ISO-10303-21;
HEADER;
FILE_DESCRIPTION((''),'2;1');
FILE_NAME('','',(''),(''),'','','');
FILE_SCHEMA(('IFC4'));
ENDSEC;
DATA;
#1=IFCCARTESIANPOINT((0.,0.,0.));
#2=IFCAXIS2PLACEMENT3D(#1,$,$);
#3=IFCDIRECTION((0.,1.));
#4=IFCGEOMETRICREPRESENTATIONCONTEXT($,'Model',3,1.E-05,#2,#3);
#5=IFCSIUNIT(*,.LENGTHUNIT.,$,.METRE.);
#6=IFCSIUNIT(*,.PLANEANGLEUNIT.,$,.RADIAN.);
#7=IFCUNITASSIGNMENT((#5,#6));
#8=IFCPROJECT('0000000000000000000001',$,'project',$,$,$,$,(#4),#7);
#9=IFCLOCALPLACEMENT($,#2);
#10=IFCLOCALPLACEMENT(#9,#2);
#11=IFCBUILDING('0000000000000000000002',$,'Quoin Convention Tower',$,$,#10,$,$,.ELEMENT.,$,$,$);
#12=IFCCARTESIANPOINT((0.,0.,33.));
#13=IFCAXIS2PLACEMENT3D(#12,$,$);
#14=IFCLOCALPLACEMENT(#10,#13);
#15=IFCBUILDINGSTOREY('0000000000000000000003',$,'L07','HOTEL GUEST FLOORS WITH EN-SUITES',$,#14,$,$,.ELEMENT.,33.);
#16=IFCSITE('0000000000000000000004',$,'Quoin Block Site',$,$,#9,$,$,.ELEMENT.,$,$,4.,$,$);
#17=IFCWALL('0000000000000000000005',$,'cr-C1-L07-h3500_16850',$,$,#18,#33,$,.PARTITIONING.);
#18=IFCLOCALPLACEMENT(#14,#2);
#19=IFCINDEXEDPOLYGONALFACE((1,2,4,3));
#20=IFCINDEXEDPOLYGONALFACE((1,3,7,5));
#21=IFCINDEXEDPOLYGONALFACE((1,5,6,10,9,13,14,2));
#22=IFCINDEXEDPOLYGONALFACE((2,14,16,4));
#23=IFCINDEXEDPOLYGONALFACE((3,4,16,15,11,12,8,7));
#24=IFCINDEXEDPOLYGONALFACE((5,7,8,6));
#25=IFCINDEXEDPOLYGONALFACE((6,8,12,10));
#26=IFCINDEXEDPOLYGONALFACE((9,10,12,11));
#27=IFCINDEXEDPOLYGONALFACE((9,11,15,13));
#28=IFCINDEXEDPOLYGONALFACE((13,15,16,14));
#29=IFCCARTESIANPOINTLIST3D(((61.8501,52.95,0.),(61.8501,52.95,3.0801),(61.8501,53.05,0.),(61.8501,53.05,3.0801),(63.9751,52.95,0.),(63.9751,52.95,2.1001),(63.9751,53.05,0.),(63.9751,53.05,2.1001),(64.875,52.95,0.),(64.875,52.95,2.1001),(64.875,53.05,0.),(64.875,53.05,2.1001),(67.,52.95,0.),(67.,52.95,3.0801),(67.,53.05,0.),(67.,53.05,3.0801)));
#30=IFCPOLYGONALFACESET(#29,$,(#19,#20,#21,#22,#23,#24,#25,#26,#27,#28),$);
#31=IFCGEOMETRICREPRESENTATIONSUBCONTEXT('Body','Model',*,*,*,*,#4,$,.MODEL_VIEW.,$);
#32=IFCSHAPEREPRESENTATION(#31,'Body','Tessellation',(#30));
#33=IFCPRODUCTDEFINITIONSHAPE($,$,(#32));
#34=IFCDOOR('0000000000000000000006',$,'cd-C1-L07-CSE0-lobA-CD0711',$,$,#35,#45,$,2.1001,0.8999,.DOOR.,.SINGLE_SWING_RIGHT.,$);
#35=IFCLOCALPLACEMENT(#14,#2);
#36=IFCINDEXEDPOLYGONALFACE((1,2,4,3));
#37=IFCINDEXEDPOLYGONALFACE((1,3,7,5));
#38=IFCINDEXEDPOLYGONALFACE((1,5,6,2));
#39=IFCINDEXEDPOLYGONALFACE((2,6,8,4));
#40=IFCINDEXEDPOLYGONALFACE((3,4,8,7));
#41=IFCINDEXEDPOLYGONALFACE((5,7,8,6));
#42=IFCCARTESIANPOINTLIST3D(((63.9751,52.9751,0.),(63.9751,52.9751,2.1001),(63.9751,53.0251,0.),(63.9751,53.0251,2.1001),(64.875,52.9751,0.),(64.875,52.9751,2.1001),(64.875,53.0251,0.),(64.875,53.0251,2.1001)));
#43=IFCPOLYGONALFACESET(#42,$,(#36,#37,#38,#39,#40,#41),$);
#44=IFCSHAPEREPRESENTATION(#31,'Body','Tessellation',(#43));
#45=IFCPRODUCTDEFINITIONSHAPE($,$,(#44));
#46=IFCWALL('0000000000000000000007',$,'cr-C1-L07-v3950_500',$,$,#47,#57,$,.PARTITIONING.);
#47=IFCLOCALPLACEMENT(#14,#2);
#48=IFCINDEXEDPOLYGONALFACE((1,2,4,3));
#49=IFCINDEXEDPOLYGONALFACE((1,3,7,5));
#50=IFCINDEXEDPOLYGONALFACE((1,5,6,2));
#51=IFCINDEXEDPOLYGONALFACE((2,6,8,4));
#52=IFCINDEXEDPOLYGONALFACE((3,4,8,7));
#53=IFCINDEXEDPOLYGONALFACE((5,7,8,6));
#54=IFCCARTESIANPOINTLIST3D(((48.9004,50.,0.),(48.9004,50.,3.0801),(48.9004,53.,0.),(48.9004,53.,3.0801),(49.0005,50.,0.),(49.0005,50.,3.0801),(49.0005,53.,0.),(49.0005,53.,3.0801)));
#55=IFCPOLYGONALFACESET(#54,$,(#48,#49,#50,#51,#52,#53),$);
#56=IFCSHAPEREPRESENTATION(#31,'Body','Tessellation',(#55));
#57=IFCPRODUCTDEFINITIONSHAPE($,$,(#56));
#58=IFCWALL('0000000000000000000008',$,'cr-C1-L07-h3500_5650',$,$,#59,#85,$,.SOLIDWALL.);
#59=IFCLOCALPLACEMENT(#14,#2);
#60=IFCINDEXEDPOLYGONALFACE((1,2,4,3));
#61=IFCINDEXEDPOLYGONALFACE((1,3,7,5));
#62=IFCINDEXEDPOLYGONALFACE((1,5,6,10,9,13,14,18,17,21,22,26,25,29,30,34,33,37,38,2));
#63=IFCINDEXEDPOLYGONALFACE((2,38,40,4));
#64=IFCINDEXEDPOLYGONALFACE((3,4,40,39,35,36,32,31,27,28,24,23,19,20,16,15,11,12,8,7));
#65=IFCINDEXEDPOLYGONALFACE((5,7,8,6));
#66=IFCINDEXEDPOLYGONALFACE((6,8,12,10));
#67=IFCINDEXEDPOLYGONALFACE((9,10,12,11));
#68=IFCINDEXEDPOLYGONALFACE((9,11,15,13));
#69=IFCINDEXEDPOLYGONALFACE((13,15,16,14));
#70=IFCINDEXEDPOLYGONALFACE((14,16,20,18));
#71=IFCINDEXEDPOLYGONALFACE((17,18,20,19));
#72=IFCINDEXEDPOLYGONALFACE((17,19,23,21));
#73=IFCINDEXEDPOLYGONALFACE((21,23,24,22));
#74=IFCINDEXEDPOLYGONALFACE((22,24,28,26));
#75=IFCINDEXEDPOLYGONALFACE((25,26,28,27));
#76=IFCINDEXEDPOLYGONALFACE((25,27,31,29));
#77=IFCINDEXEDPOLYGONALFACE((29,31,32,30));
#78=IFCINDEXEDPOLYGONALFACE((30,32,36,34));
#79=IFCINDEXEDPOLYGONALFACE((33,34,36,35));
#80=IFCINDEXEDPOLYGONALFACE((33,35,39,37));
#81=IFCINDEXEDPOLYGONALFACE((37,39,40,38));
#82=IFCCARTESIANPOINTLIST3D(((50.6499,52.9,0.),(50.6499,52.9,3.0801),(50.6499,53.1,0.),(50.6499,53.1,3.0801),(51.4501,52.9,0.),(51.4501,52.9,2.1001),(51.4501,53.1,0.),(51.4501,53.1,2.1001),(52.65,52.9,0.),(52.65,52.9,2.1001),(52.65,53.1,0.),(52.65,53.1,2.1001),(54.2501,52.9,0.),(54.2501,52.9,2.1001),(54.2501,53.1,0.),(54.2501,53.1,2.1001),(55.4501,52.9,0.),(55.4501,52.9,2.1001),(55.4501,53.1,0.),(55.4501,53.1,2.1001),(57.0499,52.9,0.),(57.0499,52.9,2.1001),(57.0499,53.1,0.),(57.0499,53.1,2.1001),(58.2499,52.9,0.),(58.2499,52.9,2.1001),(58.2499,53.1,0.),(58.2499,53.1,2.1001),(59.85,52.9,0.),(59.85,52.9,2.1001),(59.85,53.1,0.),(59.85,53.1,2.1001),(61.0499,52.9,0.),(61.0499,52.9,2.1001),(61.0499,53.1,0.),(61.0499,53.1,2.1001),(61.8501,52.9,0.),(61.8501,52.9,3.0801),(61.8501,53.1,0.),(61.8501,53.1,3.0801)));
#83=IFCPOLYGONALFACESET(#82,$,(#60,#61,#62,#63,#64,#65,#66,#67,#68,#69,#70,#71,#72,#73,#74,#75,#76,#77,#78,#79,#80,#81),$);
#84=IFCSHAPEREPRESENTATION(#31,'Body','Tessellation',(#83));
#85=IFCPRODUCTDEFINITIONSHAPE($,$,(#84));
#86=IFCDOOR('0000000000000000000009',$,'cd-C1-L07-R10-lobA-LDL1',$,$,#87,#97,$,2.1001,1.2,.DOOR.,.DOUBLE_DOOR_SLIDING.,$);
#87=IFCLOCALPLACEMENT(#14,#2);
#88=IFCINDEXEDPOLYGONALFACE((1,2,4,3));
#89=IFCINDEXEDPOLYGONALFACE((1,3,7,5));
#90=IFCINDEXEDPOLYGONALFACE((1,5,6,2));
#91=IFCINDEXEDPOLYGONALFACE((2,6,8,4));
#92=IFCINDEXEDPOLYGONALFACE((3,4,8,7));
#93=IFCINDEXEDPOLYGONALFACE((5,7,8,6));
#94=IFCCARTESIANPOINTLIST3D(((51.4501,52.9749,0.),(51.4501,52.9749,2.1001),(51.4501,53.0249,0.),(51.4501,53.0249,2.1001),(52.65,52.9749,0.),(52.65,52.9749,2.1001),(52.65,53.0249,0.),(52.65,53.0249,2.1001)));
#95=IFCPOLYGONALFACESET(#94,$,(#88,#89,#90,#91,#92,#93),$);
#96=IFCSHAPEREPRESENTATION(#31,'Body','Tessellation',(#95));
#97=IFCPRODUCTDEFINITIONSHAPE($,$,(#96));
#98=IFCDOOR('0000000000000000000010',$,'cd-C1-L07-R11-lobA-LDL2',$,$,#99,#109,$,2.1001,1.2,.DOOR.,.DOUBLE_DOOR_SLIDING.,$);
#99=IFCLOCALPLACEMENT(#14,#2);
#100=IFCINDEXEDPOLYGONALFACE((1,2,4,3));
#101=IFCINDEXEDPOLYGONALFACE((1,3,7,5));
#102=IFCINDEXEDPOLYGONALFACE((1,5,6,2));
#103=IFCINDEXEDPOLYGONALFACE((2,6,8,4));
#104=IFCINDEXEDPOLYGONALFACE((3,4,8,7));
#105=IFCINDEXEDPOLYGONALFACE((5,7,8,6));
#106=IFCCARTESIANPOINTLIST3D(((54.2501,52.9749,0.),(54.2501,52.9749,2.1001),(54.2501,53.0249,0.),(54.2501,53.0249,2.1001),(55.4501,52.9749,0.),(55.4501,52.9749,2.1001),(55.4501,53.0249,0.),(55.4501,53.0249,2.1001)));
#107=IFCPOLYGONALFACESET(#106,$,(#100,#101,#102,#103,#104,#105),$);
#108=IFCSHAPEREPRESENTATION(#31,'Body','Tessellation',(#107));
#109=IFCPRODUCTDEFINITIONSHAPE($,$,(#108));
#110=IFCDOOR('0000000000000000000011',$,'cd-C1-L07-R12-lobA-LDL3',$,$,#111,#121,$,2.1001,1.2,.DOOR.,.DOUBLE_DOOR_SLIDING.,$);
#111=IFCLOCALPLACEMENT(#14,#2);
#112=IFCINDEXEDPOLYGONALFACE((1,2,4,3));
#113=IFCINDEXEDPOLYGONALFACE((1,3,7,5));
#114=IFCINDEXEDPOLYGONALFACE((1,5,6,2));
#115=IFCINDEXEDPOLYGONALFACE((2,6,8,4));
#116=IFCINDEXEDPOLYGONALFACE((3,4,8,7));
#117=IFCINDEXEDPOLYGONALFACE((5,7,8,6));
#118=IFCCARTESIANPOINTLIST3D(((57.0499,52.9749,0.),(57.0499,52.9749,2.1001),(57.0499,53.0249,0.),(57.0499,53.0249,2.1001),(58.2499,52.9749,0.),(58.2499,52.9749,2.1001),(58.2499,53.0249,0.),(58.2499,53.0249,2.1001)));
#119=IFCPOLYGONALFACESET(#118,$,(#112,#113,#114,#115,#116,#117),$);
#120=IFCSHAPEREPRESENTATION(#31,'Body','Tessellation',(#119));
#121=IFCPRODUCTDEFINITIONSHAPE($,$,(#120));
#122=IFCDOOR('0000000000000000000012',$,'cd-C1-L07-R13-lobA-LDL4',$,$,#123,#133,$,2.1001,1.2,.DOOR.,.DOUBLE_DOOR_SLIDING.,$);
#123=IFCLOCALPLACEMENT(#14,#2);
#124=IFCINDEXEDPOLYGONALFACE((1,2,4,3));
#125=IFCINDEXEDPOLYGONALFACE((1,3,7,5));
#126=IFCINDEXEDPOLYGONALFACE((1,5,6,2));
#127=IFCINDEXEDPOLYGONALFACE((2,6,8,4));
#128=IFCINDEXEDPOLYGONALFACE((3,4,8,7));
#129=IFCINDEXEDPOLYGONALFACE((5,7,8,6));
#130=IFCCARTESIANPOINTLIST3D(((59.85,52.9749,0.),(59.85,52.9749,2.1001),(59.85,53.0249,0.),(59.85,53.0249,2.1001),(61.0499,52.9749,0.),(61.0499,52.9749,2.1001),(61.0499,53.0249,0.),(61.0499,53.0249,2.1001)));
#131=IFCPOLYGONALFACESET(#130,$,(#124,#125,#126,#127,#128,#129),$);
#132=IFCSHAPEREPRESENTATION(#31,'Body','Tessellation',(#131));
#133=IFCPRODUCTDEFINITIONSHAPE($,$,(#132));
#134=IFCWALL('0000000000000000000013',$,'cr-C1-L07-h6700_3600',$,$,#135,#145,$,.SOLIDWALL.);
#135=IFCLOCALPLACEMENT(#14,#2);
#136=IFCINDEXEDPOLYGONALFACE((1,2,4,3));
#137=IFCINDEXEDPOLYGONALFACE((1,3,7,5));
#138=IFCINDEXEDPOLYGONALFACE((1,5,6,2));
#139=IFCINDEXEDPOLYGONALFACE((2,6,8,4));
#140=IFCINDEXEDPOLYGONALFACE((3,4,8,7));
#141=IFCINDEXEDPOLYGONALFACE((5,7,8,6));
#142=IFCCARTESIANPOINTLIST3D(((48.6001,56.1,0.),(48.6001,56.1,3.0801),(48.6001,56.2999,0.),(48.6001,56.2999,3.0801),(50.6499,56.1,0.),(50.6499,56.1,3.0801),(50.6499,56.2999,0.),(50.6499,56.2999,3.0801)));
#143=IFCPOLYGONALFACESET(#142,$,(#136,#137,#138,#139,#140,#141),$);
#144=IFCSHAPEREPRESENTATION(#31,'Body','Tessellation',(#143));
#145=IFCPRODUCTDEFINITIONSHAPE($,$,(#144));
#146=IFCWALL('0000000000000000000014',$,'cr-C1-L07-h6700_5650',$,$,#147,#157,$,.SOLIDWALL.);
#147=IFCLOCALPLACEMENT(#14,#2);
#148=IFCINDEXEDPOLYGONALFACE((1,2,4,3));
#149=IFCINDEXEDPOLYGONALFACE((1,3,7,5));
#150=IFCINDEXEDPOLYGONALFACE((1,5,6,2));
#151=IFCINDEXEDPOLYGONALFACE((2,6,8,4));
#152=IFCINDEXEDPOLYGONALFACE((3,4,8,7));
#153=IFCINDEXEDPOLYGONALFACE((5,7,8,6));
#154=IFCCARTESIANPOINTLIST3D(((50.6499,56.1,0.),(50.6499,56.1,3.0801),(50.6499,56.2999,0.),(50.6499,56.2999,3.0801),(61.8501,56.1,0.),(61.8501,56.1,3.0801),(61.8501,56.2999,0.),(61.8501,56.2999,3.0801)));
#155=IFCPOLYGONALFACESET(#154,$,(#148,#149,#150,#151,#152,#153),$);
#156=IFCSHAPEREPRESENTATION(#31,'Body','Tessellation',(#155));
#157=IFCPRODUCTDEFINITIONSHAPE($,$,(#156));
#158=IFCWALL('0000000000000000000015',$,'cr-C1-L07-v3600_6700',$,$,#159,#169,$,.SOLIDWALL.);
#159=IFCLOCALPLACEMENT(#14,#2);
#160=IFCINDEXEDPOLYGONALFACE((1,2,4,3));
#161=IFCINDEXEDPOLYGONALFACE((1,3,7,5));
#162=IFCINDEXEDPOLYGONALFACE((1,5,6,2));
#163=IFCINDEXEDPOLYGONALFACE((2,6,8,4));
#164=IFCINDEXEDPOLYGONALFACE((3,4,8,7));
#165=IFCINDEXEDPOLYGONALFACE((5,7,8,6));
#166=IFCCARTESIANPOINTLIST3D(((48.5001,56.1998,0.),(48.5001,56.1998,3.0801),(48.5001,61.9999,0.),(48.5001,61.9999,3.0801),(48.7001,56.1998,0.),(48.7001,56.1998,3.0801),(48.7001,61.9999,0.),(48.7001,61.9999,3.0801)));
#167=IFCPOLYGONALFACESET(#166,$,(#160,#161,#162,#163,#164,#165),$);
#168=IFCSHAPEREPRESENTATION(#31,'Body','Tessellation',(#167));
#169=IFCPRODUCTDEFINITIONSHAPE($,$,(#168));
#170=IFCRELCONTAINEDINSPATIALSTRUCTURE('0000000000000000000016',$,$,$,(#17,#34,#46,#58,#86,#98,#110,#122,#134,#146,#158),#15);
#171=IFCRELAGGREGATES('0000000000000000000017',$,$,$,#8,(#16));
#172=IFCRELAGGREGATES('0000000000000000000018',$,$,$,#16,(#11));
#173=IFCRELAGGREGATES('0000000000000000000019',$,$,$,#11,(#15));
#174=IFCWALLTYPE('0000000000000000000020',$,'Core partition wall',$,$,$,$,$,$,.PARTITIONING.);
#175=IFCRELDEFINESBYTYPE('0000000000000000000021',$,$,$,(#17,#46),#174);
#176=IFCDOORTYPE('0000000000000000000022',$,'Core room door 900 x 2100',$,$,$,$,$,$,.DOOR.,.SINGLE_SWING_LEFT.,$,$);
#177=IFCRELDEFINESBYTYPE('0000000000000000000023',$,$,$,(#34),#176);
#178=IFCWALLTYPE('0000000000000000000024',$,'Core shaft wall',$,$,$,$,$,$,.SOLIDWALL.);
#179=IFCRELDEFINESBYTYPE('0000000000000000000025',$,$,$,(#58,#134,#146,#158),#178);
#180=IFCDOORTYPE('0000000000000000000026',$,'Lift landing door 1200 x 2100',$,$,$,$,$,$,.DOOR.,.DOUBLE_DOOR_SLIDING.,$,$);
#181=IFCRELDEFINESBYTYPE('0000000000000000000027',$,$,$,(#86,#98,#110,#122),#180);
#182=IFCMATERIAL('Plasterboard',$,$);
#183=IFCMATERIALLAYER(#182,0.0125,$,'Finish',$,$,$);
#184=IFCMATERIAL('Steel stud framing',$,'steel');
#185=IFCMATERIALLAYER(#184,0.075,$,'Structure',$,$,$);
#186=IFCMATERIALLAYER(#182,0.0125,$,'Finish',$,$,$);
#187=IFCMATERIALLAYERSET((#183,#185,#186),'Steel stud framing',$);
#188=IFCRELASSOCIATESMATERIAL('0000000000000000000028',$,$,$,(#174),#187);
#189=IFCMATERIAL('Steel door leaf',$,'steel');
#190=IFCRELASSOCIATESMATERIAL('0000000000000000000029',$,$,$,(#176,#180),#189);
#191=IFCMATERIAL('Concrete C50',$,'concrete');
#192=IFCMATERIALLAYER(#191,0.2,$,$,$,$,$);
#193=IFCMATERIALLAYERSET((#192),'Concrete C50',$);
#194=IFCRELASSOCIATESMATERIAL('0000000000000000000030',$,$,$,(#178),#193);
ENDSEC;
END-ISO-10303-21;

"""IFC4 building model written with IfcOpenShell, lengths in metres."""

from ifc_helpers import new_model, si_unit, direction, frame, frame_2d, origin, place, context, subcontext, project, spatial, rectangle, extrude, material, layer, layer_set, type_object, element, fill, save


model = new_model("IFC4")

# Units and contexts
model_context = context("Model", 3, precision=1e-05, world=origin(), true_north=direction((0.0, 1.0)))
body_context = subcontext(model_context, "Body", "Model", "MODEL_VIEW")
ifc_project = project(units=[si_unit("LENGTHUNIT", "METRE"), si_unit("PLANEANGLEUNIT", "RADIAN")], contexts=[model_context])

# Site, building, storey
site_placement = place(None, origin())
site = spatial("IfcSite", under=ifc_project, at=site_placement, Name="Quoin Block Site", CompositionType="ELEMENT", RefElevation=4.0)
building_placement = place(site_placement, origin())
building = spatial("IfcBuilding", under=site, at=building_placement, Name="Quoin Convention Tower", CompositionType="ELEMENT")
storey_placement = place(building_placement, frame((0.0, 0.0, 33.0)))
storey = spatial("IfcBuildingStorey", under=building, at=storey_placement, Name="L07", Description="HOTEL GUEST FLOORS WITH EN-SUITES", CompositionType="ELEMENT", Elevation=33.0)

# Wall, opening, door
ifc_material_1 = material(Name="Plasterboard")
ifc_layer_1 = layer(ifc_material_1, 0.0125, Name="Finish")
ifc_material_2 = material(Name="Steel stud framing", Category="steel")
ifc_layer_2 = layer(ifc_material_2, 0.075, Name="Structure")
ifc_layer_3 = layer(ifc_material_1, 0.0125, Name="Finish")
ifc_layer_set_1 = layer_set([ifc_layer_1, ifc_layer_2, ifc_layer_3], Name="Steel stud framing")
wall_type_1 = type_object("IfcWallType", Name="Core partition wall", PredefinedType="PARTITIONING", material=ifc_layer_set_1)
wall_1_placement = place(storey_placement, frame((61.8501, 53.0, 0.0), z_axis=(0.0, 0.0, 1.0), x_axis=(1.0, 0.0, 0.0)))
wall_1 = element("IfcWall", 1, at=wall_1_placement, inside=storey, type_object=wall_type_1, Name="cr-C1-L07-h3500_16850", PredefinedType="PARTITIONING", context=body_context, shape_type="SweptSolid", body=[
    extrude(rectangle(XDim=5.1499, YDim=0.1001, at=frame_2d((2.575, 0.0))), origin(), (0.0, 0.0, 1.0), 3.0801),
])
opening_1_placement = place(wall_1_placement, frame((2.125, 0.0, 0.0)))
opening_1 = element("IfcOpeningElement", 2, at=opening_1_placement, cuts=wall_1, PredefinedType="OPENING", context=body_context, shape_type="SweptSolid", body=[
    extrude(rectangle(XDim=0.8999, YDim=2.1001, at=frame_2d((0.45, 1.05))), frame((0.0, 0.0601, 0.0), z_axis=(0.0, -1.0, 0.0), x_axis=(1.0, 0.0, 0.0)), (0.0, 0.0, 1.0), 0.1201),
])
ifc_material_3 = material(Name="Steel door leaf", Category="steel")
door_type_1 = type_object("IfcDoorType", Name="Core room door 900 x 2100", OperationType="SINGLE_SWING_LEFT", PredefinedType="DOOR", material=ifc_material_3)
door_1_placement = place(opening_1_placement, frame((0.8999, 0.0, 0.0), z_axis=(0.0, 0.0, 1.0), x_axis=(-1.0, 0.0, 0.0)))
door_1 = element("IfcDoor", 3, at=door_1_placement, inside=storey, type_object=door_type_1, Name="cd-C1-L07-CSE0-lobA-CD0711", OperationType="SINGLE_SWING_RIGHT", OverallHeight=2.1001, OverallWidth=0.8999, PredefinedType="DOOR", context=body_context, shape_type="SweptSolid", body=[
    extrude(rectangle(XDim=0.8999, YDim=2.1001, at=frame_2d((0.45, 1.05))), frame((0.0, 0.0249, 0.0), z_axis=(0.0, -1.0, 0.0), x_axis=(1.0, 0.0, 0.0)), (0.0, 0.0, 1.0), 0.05),
])
fill(opening_1, door_1)

# Wall
wall_2_placement = place(storey_placement, frame((48.9504, 50.0, 0.0), z_axis=(0.0, 0.0, 1.0), x_axis=(0.0, 1.0, 0.0)))
element("IfcWall", 4, at=wall_2_placement, inside=storey, type_object=wall_type_1, Name="cr-C1-L07-v3950_500", PredefinedType="PARTITIONING", context=body_context, shape_type="SweptSolid", body=[
    extrude(rectangle(XDim=3.0, YDim=0.1001, at=frame_2d((1.5, 0.0))), origin(), (0.0, 0.0, 1.0), 3.0801),
])

# Wall, openings, doors
ifc_material_4 = material(Name="Concrete C50", Category="concrete")
ifc_layer_4 = layer(ifc_material_4, 0.2)
ifc_layer_set_2 = layer_set([ifc_layer_4], Name="Concrete C50")
wall_type_2 = type_object("IfcWallType", Name="Core shaft wall", PredefinedType="SOLIDWALL", material=ifc_layer_set_2)
wall_3_placement = place(storey_placement, frame((50.6499, 53.0, 0.0), z_axis=(0.0, 0.0, 1.0), x_axis=(1.0, 0.0, 0.0)))
wall_3 = element("IfcWall", 5, at=wall_3_placement, inside=storey, type_object=wall_type_2, Name="cr-C1-L07-h3500_5650", PredefinedType="SOLIDWALL", context=body_context, shape_type="SweptSolid", body=[
    extrude(rectangle(XDim=11.2002, YDim=0.2, at=frame_2d((5.6001, 0.0))), origin(), (0.0, 0.0, 1.0), 3.0801),
])
opening_2_placement = place(wall_3_placement, frame((0.8, 0.0, 0.0)))
opening_2 = element("IfcOpeningElement", 6, at=opening_2_placement, cuts=wall_3, PredefinedType="OPENING", context=body_context, shape_type="SweptSolid", body=[
    extrude(rectangle(XDim=1.2, YDim=2.1001, at=frame_2d((0.6001, 1.05))), frame((0.0, 0.1099, 0.0), z_axis=(0.0, -1.0, 0.0), x_axis=(1.0, 0.0, 0.0)), (0.0, 0.0, 1.0), 0.22),
])
opening_3_placement = place(wall_3_placement, frame((3.6001, 0.0, 0.0)))
opening_3 = element("IfcOpeningElement", 7, at=opening_3_placement, cuts=wall_3, PredefinedType="OPENING", context=body_context, shape_type="SweptSolid", body=[
    extrude(rectangle(XDim=1.2, YDim=2.1001, at=frame_2d((0.6001, 1.05))), frame((0.0, 0.1099, 0.0), z_axis=(0.0, -1.0, 0.0), x_axis=(1.0, 0.0, 0.0)), (0.0, 0.0, 1.0), 0.22),
])
opening_4_placement = place(wall_3_placement, frame((6.3999, 0.0, 0.0)))
opening_4 = element("IfcOpeningElement", 8, at=opening_4_placement, cuts=wall_3, PredefinedType="OPENING", context=body_context, shape_type="SweptSolid", body=[
    extrude(rectangle(XDim=1.2, YDim=2.1001, at=frame_2d((0.6001, 1.05))), frame((0.0, 0.1099, 0.0), z_axis=(0.0, -1.0, 0.0), x_axis=(1.0, 0.0, 0.0)), (0.0, 0.0, 1.0), 0.22),
])
opening_5_placement = place(wall_3_placement, frame((9.2, 0.0, 0.0)))
opening_5 = element("IfcOpeningElement", 9, at=opening_5_placement, cuts=wall_3, PredefinedType="OPENING", context=body_context, shape_type="SweptSolid", body=[
    extrude(rectangle(XDim=1.2, YDim=2.1001, at=frame_2d((0.6001, 1.05))), frame((0.0, 0.1099, 0.0), z_axis=(0.0, -1.0, 0.0), x_axis=(1.0, 0.0, 0.0)), (0.0, 0.0, 1.0), 0.22),
])
door_type_2 = type_object("IfcDoorType", Name="Lift landing door 1200 x 2100", OperationType="DOUBLE_DOOR_SLIDING", PredefinedType="DOOR", material=ifc_material_3)
door_2_placement = place(opening_2_placement, origin())
door_2 = element("IfcDoor", 10, at=door_2_placement, inside=storey, type_object=door_type_2, Name="cd-C1-L07-R10-lobA-LDL1", OperationType="DOUBLE_DOOR_SLIDING", OverallHeight=2.1001, OverallWidth=1.2, PredefinedType="DOOR", context=body_context, shape_type="SweptSolid", body=[
    extrude(rectangle(XDim=1.2, YDim=2.1001, at=frame_2d((0.6001, 1.05))), frame((0.0, 0.0249, 0.0), z_axis=(0.0, -1.0, 0.0), x_axis=(1.0, 0.0, 0.0)), (0.0, 0.0, 1.0), 0.05),
])
fill(opening_2, door_2)
door_3_placement = place(opening_3_placement, origin())
door_3 = element("IfcDoor", 11, at=door_3_placement, inside=storey, type_object=door_type_2, Name="cd-C1-L07-R11-lobA-LDL2", OperationType="DOUBLE_DOOR_SLIDING", OverallHeight=2.1001, OverallWidth=1.2, PredefinedType="DOOR", context=body_context, shape_type="SweptSolid", body=[
    extrude(rectangle(XDim=1.2, YDim=2.1001, at=frame_2d((0.6001, 1.05))), frame((0.0, 0.0249, 0.0), z_axis=(0.0, -1.0, 0.0), x_axis=(1.0, 0.0, 0.0)), (0.0, 0.0, 1.0), 0.05),
])
fill(opening_3, door_3)
door_4_placement = place(opening_4_placement, origin())
door_4 = element("IfcDoor", 12, at=door_4_placement, inside=storey, type_object=door_type_2, Name="cd-C1-L07-R12-lobA-LDL3", OperationType="DOUBLE_DOOR_SLIDING", OverallHeight=2.1001, OverallWidth=1.2, PredefinedType="DOOR", context=body_context, shape_type="SweptSolid", body=[
    extrude(rectangle(XDim=1.2, YDim=2.1001, at=frame_2d((0.6001, 1.05))), frame((0.0, 0.0249, 0.0), z_axis=(0.0, -1.0, 0.0), x_axis=(1.0, 0.0, 0.0)), (0.0, 0.0, 1.0), 0.05),
])
fill(opening_4, door_4)
door_5_placement = place(opening_5_placement, origin())
door_5 = element("IfcDoor", 13, at=door_5_placement, inside=storey, type_object=door_type_2, Name="cd-C1-L07-R13-lobA-LDL4", OperationType="DOUBLE_DOOR_SLIDING", OverallHeight=2.1001, OverallWidth=1.2, PredefinedType="DOOR", context=body_context, shape_type="SweptSolid", body=[
    extrude(rectangle(XDim=1.2, YDim=2.1001, at=frame_2d((0.6001, 1.05))), frame((0.0, 0.0249, 0.0), z_axis=(0.0, -1.0, 0.0), x_axis=(1.0, 0.0, 0.0)), (0.0, 0.0, 1.0), 0.05),
])
fill(opening_5, door_5)

# Walls
wall_4_placement = place(storey_placement, frame((48.6001, 56.2, 0.0), z_axis=(0.0, 0.0, 1.0), x_axis=(1.0, 0.0, 0.0)))
element("IfcWall", 14, at=wall_4_placement, inside=storey, type_object=wall_type_2, Name="cr-C1-L07-h6700_3600", PredefinedType="SOLIDWALL", context=body_context, shape_type="SweptSolid", body=[
    extrude(rectangle(XDim=2.0498, YDim=0.2, at=frame_2d((1.0249, 0.0))), origin(), (0.0, 0.0, 1.0), 3.0801),
])
wall_5_placement = place(storey_placement, frame((50.6499, 56.2, 0.0), z_axis=(0.0, 0.0, 1.0), x_axis=(1.0, 0.0, 0.0)))
element("IfcWall", 15, at=wall_5_placement, inside=storey, type_object=wall_type_2, Name="cr-C1-L07-h6700_5650", PredefinedType="SOLIDWALL", context=body_context, shape_type="SweptSolid", body=[
    extrude(rectangle(XDim=11.2002, YDim=0.2, at=frame_2d((5.6001, 0.0))), origin(), (0.0, 0.0, 1.0), 3.0801),
])
wall_6_placement = place(storey_placement, frame((48.6001, 56.2, 0.0), z_axis=(0.0, 0.0, 1.0), x_axis=(0.0, 1.0, 0.0)))
element("IfcWall", 16, at=wall_6_placement, inside=storey, type_object=wall_type_2, Name="cr-C1-L07-v3600_6700", PredefinedType="SOLIDWALL", context=body_context, shape_type="SweptSolid", body=[
    extrude(rectangle(XDim=5.8, YDim=0.2, at=frame_2d((2.8999, 0.0))), origin(), (0.0, 0.0, 1.0), 3.0801),
])

save(model, "model.ifc")
